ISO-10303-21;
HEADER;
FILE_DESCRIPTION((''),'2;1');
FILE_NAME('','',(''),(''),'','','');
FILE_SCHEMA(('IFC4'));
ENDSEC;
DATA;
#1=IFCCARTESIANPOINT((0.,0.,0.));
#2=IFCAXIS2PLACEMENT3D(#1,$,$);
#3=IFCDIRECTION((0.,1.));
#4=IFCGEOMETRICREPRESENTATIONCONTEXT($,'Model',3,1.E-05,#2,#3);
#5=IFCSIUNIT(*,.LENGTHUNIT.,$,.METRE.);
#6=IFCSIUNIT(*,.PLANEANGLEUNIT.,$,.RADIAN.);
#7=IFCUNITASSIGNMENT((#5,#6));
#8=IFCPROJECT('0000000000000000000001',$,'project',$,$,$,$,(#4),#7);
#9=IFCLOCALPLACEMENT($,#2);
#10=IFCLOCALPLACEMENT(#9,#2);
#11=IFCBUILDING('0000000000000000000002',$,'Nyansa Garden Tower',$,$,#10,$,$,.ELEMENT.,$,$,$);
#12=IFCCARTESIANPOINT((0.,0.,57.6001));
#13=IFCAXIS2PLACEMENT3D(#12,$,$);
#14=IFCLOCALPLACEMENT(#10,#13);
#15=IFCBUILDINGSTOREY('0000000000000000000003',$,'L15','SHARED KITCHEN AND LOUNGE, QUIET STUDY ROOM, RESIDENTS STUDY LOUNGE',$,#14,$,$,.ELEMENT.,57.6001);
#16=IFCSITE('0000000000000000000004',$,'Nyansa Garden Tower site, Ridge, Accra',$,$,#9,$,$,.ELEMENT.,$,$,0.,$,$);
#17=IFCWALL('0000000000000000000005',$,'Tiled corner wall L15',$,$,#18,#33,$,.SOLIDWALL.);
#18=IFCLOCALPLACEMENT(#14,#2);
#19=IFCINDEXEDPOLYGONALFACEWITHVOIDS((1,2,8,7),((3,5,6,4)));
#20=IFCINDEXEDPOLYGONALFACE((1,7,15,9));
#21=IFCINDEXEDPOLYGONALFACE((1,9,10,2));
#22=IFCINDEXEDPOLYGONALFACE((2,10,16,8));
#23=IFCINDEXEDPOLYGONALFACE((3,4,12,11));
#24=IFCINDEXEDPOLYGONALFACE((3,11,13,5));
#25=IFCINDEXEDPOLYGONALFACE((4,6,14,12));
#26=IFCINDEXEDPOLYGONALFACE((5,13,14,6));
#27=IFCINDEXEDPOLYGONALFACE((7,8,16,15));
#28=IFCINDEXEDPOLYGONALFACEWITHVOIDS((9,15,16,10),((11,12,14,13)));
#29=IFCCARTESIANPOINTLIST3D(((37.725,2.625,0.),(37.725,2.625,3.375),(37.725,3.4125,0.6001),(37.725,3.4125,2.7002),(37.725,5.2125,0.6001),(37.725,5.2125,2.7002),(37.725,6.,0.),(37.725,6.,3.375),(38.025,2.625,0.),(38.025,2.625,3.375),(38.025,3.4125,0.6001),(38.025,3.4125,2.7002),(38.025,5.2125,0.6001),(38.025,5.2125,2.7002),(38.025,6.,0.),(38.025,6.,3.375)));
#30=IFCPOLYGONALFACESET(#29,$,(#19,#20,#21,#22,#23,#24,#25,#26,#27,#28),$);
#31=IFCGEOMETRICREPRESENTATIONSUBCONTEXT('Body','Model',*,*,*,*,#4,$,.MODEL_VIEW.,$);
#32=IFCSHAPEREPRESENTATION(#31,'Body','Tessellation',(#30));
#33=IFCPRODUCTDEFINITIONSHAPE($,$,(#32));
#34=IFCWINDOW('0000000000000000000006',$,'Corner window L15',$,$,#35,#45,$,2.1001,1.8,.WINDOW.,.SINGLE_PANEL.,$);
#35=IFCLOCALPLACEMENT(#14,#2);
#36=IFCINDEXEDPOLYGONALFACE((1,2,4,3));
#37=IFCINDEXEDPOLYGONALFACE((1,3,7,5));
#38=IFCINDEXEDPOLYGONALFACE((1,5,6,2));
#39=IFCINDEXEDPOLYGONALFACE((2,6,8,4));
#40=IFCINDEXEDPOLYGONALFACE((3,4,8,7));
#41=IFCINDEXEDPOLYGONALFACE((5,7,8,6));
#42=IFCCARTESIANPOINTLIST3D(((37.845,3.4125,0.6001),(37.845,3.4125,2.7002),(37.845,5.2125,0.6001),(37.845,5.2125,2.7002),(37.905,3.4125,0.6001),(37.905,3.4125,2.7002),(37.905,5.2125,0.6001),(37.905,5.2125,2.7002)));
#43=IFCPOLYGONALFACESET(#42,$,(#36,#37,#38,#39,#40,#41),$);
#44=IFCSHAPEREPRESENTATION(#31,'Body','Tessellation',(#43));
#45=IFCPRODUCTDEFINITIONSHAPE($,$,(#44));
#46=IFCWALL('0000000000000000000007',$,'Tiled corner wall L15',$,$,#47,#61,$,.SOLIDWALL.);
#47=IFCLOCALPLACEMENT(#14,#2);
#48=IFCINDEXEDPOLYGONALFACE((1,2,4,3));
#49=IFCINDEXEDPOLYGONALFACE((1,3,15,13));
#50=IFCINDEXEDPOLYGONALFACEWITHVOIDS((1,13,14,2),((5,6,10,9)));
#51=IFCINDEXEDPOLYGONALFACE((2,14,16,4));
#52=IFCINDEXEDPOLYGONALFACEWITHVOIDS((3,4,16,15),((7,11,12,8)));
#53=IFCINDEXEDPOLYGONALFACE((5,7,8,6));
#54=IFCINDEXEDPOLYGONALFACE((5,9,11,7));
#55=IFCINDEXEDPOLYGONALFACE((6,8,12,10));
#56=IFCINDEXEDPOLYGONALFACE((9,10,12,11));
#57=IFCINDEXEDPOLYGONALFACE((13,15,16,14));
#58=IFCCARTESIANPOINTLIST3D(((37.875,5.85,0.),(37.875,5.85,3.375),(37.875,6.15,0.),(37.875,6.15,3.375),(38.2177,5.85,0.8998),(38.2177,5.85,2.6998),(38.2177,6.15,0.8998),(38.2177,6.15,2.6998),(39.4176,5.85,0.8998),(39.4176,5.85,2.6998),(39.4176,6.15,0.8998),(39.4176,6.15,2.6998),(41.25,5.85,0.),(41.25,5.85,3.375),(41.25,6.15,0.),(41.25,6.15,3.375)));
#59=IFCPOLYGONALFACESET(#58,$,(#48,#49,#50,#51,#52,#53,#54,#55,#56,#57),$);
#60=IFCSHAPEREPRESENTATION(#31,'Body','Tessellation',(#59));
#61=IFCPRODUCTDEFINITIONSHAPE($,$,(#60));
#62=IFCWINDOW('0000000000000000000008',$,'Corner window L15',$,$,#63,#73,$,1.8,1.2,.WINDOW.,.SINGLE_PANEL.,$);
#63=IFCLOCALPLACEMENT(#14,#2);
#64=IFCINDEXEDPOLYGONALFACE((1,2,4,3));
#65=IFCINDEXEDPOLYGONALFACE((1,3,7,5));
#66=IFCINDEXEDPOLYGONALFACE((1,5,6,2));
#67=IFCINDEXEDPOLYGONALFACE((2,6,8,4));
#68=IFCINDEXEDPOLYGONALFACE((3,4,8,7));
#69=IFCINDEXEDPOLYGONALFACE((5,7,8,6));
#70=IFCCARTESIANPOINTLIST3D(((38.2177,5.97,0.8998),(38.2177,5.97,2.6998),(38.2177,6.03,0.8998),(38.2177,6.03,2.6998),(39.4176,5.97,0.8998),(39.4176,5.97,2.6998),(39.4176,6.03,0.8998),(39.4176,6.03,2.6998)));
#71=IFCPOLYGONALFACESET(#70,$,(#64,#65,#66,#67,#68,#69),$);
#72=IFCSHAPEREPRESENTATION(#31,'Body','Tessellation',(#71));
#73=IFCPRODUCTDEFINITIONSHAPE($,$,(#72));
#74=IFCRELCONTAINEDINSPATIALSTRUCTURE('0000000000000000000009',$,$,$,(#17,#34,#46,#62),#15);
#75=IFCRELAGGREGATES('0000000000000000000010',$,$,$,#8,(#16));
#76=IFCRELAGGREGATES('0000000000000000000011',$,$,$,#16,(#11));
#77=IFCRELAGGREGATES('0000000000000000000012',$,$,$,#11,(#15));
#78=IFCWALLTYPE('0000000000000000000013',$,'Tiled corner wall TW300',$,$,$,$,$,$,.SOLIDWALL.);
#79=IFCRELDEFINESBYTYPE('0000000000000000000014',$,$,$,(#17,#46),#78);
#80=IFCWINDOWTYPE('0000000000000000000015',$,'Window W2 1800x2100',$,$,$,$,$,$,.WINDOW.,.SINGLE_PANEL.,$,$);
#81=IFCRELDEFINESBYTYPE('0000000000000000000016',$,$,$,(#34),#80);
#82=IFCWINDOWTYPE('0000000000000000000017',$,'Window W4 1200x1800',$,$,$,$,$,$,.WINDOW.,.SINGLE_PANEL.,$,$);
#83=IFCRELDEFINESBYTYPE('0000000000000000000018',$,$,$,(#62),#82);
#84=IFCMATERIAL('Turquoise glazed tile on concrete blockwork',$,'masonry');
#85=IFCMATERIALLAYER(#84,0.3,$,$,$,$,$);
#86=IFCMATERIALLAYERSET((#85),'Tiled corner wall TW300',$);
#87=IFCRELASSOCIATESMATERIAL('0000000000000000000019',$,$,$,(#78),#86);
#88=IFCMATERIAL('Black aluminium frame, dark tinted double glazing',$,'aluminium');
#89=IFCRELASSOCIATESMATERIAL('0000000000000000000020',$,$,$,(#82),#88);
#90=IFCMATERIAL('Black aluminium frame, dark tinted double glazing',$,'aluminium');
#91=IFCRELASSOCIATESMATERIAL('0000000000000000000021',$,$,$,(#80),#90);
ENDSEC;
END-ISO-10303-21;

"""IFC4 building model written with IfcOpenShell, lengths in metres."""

from ifc_helpers import new_model, si_unit, direction, frame, frame_2d, origin, place, context, subcontext, project, spatial, rectangle, extrude, material, layer, layer_set, type_object, element, fill, save


model = new_model("IFC4")

# Units and contexts
model_context = context("Model", 3, precision=1e-05, world=origin(), true_north=direction((0.0, 1.0)))
body_context = subcontext(model_context, "Body", "Model", "MODEL_VIEW")
ifc_project = project(units=[si_unit("LENGTHUNIT", "METRE"), si_unit("PLANEANGLEUNIT", "RADIAN")], contexts=[model_context])

# Site, building, storey
site_placement = place(None, origin())
site = spatial("IfcSite", under=ifc_project, at=site_placement, Name="Nyansa Garden Tower site, Ridge, Accra", CompositionType="ELEMENT", RefElevation=0.0)
building_placement = place(site_placement, origin())
building = spatial("IfcBuilding", under=site, at=building_placement, Name="Nyansa Garden Tower", CompositionType="ELEMENT")
storey_placement = place(building_placement, frame((0.0, 0.0, 57.6001)))
storey = spatial("IfcBuildingStorey", under=building, at=storey_placement, Name="L15", Description="SHARED KITCHEN AND LOUNGE, QUIET STUDY ROOM, RESIDENTS STUDY LOUNGE", CompositionType="ELEMENT", Elevation=57.6001)

# Walls, openings, windows
ifc_material_1 = material(Name="Turquoise glazed tile on concrete blockwork", Category="masonry")
ifc_layer = layer(ifc_material_1, 0.3)
ifc_layer_set = layer_set([ifc_layer], Name="Tiled corner wall TW300")
wall_type = type_object("IfcWallType", Name="Tiled corner wall TW300", PredefinedType="SOLIDWALL", material=ifc_layer_set)
ifc_material_2 = material(Name="Black aluminium frame, dark tinted double glazing", Category="aluminium")
window_type_1 = type_object("IfcWindowType", Name="Window W4 1200x1800", PartitioningType="SINGLE_PANEL", PredefinedType="WINDOW", material=ifc_material_2)
ifc_material_3 = material(Name="Black aluminium frame, dark tinted double glazing", Category="aluminium")
window_type_2 = type_object("IfcWindowType", Name="Window W2 1800x2100", PartitioningType="SINGLE_PANEL", PredefinedType="WINDOW", material=ifc_material_3)
wall_1_placement = place(storey_placement, frame((37.875, 2.625, 0.0), z_axis=(0.0, 0.0, 1.0), x_axis=(0.0, 1.0, 0.0)))
wall_1 = element("IfcWall", 1, at=wall_1_placement, inside=storey, type_object=wall_type, Name="Tiled corner wall L15", PredefinedType="SOLIDWALL", context=body_context, shape_type="SweptSolid", body=[
    extrude(rectangle(XDim=3.375, YDim=0.3, at=frame_2d((1.6875, 0.0))), origin(), (0.0, 0.0, 1.0), 3.375),
])
opening_1_placement = place(wall_1_placement, frame((0.7876, 0.0, 0.6001)))
opening_1 = element("IfcOpeningElement", 2, at=opening_1_placement, cuts=wall_1, PredefinedType="OPENING", context=body_context, shape_type="SweptSolid", body=[
    extrude(rectangle(XDim=1.8, YDim=2.1001, at=frame_2d((0.8999, 1.05))), frame((0.0, 0.1599, 0.0), z_axis=(0.0, -1.0, 0.0), x_axis=(1.0, 0.0, 0.0)), (0.0, 0.0, 1.0), 0.3201),
])
window_1_placement = place(opening_1_placement, origin())
window_1 = element("IfcWindow", 3, at=window_1_placement, inside=storey, type_object=window_type_2, Name="Corner window L15", OverallHeight=2.1001, OverallWidth=1.8, PartitioningType="SINGLE_PANEL", PredefinedType="WINDOW", context=body_context, shape_type="SweptSolid", body=[
    extrude(rectangle(XDim=1.8, YDim=2.1001, at=frame_2d((0.8999, 1.05))), frame((0.0, 0.03, 0.0), z_axis=(0.0, -1.0, 0.0), x_axis=(1.0, 0.0, 0.0)), (0.0, 0.0, 1.0), 0.0601),
])
fill(opening_1, window_1)
wall_2_placement = place(storey_placement, frame((37.875, 6.0, 0.0), z_axis=(0.0, 0.0, 1.0), x_axis=(1.0, 0.0, 0.0)))
wall_2 = element("IfcWall", 4, at=wall_2_placement, inside=storey, type_object=wall_type, Name="Tiled corner wall L15", PredefinedType="SOLIDWALL", context=body_context, shape_type="SweptSolid", body=[
    extrude(rectangle(XDim=3.375, YDim=0.3, at=frame_2d((1.6875, 0.0))), origin(), (0.0, 0.0, 1.0), 3.375),
])
opening_2_placement = place(wall_2_placement, frame((0.3425, 0.0, 0.8999)))
opening_2 = element("IfcOpeningElement", 5, at=opening_2_placement, cuts=wall_2, PredefinedType="OPENING", context=body_context, shape_type="SweptSolid", body=[
    extrude(rectangle(XDim=1.2, YDim=1.8, at=frame_2d((0.6001, 0.8999))), frame((0.0, 0.1599, 0.0), z_axis=(0.0, -1.0, 0.0), x_axis=(1.0, 0.0, 0.0)), (0.0, 0.0, 1.0), 0.3201),
])
window_2_placement = place(opening_2_placement, origin())
window_2 = element("IfcWindow", 6, at=window_2_placement, inside=storey, type_object=window_type_1, Name="Corner window L15", OverallHeight=1.8, OverallWidth=1.2, PartitioningType="SINGLE_PANEL", PredefinedType="WINDOW", context=body_context, shape_type="SweptSolid", body=[
    extrude(rectangle(XDim=1.2, YDim=1.8, at=frame_2d((0.6001, 0.8999))), frame((0.0, 0.03, 0.0), z_axis=(0.0, -1.0, 0.0), x_axis=(1.0, 0.0, 0.0)), (0.0, 0.0, 1.0), 0.0601),
])
fill(opening_2, window_2)

save(model, "model.ifc")
